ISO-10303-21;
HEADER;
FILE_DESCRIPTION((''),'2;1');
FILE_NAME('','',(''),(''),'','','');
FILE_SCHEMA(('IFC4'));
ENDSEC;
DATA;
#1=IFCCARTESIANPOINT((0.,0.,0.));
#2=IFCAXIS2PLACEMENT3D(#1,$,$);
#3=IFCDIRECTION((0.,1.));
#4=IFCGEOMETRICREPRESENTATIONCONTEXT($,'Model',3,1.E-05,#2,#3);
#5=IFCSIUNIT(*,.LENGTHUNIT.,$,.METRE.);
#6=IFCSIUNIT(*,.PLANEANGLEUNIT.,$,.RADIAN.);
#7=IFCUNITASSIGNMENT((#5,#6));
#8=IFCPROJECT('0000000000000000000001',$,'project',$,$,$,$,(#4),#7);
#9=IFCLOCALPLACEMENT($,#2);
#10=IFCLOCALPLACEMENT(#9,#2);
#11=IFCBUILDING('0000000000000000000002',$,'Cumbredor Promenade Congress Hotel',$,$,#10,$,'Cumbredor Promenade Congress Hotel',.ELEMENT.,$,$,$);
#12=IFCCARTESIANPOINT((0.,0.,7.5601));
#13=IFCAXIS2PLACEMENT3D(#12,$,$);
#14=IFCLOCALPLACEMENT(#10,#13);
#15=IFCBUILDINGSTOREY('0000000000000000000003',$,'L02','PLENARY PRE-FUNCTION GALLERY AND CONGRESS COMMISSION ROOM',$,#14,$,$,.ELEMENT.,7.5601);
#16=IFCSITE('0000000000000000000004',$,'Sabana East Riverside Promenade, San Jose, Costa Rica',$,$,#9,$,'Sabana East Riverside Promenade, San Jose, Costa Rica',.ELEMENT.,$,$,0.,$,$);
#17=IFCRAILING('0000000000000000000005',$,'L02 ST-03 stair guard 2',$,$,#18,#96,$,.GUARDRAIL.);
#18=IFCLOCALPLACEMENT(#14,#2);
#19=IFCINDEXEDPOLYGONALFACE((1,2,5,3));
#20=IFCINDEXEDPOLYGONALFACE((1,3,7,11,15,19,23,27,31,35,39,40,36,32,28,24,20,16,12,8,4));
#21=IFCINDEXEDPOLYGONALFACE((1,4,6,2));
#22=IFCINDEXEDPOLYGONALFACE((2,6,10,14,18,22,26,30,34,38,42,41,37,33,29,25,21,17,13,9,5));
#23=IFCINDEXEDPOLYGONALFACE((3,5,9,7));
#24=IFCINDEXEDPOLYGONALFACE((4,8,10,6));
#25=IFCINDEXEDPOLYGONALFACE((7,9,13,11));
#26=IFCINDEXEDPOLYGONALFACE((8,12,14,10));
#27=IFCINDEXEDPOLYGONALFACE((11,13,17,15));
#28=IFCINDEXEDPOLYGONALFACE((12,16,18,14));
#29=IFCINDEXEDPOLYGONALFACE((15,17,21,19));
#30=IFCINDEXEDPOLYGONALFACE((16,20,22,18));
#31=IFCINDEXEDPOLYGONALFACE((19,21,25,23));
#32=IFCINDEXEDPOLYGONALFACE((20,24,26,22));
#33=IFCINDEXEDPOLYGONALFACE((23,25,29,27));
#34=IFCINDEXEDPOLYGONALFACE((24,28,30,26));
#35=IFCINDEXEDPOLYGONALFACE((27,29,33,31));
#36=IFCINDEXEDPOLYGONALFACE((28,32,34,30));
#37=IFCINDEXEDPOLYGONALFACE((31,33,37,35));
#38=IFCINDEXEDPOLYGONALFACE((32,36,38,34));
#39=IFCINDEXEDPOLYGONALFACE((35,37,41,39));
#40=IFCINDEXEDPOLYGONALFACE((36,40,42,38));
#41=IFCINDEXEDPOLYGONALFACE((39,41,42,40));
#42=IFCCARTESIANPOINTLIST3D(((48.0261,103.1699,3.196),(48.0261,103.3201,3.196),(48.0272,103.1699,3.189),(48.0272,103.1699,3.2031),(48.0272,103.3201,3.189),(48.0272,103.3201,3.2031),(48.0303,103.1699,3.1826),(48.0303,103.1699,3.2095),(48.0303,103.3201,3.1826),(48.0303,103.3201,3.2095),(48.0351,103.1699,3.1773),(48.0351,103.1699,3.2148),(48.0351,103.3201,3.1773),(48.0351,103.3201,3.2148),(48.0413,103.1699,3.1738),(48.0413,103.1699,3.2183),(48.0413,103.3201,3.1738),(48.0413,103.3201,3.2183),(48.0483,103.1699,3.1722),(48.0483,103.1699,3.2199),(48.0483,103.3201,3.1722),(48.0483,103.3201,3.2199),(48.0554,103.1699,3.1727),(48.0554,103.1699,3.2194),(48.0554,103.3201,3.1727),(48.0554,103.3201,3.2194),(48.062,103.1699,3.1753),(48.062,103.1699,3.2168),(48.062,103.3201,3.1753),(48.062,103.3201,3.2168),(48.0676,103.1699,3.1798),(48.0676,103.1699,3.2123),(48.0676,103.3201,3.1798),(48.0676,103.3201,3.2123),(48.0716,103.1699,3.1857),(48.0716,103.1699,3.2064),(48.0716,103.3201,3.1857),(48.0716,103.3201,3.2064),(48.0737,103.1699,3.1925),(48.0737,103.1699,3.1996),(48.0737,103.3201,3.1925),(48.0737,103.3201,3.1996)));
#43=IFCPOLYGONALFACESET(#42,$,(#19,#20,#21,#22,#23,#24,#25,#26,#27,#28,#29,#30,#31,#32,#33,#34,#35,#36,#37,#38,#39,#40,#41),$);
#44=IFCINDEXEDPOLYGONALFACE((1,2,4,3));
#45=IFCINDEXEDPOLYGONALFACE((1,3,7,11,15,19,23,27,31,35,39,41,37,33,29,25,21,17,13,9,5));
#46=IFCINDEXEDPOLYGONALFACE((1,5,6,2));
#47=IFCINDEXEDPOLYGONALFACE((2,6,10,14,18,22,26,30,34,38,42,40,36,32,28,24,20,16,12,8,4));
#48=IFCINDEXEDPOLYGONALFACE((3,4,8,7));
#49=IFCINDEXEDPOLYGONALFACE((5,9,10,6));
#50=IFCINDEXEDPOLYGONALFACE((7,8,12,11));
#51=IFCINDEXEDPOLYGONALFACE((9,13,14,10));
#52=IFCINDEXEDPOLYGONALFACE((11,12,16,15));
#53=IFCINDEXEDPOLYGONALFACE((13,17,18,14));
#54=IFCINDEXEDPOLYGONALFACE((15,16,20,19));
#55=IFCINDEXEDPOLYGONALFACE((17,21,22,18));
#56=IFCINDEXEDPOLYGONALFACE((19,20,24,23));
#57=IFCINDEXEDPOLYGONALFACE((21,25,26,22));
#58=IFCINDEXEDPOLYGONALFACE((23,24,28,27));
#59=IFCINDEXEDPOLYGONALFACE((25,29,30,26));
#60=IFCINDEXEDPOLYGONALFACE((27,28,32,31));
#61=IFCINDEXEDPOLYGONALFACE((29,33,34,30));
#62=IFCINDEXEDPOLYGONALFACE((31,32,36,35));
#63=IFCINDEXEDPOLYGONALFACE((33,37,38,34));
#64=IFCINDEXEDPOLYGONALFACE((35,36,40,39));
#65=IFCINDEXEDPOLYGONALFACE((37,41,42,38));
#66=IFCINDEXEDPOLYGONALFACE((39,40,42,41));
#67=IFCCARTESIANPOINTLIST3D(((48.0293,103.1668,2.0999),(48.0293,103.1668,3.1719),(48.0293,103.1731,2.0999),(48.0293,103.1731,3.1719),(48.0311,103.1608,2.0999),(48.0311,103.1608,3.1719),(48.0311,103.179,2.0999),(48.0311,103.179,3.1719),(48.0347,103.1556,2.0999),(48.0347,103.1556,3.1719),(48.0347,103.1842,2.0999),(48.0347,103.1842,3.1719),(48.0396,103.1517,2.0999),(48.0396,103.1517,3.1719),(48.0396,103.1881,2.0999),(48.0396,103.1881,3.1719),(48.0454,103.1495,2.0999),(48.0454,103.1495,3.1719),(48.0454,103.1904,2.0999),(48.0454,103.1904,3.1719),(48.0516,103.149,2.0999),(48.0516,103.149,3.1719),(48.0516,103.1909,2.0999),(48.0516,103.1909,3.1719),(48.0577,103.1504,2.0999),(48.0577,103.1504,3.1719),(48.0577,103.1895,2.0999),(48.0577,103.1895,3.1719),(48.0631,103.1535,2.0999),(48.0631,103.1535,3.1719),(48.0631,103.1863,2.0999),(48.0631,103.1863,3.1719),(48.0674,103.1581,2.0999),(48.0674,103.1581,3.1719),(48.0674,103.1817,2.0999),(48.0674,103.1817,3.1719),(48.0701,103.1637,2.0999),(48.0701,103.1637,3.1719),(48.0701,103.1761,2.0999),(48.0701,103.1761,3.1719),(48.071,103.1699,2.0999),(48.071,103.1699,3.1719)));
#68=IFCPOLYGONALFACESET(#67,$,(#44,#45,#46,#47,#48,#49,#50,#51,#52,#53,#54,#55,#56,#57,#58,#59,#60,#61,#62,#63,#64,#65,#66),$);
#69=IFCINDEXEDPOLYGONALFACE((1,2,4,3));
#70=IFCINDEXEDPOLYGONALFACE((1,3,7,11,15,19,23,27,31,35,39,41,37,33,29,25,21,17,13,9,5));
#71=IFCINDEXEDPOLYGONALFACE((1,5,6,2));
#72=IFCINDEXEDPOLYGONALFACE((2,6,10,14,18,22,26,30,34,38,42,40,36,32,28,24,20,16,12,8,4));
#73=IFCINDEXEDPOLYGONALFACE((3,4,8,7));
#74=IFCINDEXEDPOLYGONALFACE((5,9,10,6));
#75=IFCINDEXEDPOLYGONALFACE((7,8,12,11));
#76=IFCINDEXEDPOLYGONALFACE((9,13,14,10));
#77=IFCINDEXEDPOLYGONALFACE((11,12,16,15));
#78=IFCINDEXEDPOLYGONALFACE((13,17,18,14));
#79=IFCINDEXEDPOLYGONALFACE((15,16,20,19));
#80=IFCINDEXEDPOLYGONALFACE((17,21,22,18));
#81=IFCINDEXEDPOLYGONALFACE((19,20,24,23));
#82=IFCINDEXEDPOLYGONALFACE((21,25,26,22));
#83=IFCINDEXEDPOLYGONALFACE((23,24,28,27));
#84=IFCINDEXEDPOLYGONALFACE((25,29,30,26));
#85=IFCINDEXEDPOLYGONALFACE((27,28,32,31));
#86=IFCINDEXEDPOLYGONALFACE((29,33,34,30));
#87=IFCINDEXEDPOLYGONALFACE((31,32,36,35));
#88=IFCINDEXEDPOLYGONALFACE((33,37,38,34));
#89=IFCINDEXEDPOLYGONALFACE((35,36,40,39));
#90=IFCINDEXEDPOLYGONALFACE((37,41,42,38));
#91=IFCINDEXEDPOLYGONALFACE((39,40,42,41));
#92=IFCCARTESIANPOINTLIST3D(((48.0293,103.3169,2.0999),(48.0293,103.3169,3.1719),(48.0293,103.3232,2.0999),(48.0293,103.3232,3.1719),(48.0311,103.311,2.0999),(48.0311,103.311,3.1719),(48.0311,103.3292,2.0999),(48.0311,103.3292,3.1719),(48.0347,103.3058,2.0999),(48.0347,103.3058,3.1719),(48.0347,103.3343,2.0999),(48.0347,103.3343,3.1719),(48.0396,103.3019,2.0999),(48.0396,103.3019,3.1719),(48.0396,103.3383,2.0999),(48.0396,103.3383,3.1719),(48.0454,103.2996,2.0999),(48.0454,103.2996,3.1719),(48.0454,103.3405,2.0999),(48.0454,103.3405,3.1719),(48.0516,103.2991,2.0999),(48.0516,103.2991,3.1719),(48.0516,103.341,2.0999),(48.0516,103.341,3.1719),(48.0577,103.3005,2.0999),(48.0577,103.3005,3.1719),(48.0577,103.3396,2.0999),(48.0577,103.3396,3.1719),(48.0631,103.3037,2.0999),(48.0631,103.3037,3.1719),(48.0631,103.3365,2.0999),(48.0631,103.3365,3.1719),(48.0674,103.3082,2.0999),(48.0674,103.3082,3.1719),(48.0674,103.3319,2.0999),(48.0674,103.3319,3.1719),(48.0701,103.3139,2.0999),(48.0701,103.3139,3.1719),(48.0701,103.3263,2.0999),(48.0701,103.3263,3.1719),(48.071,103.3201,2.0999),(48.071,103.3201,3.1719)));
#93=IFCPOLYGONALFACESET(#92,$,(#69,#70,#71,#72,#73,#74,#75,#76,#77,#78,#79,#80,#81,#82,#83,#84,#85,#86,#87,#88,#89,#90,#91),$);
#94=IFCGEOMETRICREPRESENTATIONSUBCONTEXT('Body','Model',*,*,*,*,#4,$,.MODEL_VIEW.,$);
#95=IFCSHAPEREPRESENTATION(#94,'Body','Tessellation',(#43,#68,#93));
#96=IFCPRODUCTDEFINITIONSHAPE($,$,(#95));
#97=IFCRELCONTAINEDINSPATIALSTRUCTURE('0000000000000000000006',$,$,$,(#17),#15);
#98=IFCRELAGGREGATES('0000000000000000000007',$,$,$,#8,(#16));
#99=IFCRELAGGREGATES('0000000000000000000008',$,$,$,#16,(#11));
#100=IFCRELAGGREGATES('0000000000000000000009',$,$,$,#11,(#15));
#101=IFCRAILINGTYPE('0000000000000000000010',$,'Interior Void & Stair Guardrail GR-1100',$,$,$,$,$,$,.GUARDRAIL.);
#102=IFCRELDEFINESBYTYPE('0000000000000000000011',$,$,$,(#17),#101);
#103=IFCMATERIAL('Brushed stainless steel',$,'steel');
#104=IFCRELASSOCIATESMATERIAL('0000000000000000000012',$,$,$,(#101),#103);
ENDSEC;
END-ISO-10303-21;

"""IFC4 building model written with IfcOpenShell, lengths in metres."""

from ifc_helpers import new_model, si_unit, direction, frame, origin, origin_2d, place, context, subcontext, project, spatial, circle, extrude, material, type_object, element, save


model = new_model("IFC4")

# Units and contexts
model_context = context("Model", 3, precision=1e-05, world=origin(), true_north=direction((0.0, 1.0)))
body_context = subcontext(model_context, "Body", "Model", "MODEL_VIEW")
ifc_project = project(units=[si_unit("LENGTHUNIT", "METRE"), si_unit("PLANEANGLEUNIT", "RADIAN")], contexts=[model_context])

# Site, building, storey
site_placement = place(None, origin())
site = spatial("IfcSite", under=ifc_project, at=site_placement, Name="Sabana East Riverside Promenade, San Jose, Costa Rica", LongName="Sabana East Riverside Promenade, San Jose, Costa Rica", CompositionType="ELEMENT", RefElevation=0.0)
building_placement = place(site_placement, origin())
building = spatial("IfcBuilding", under=site, at=building_placement, Name="Cumbredor Promenade Congress Hotel", LongName="Cumbredor Promenade Congress Hotel", CompositionType="ELEMENT")
storey_placement = place(building_placement, frame((0.0, 0.0, 7.5601)))
storey = spatial("IfcBuildingStorey", under=building, at=storey_placement, Name="L02", Description="PLENARY PRE-FUNCTION GALLERY AND CONGRESS COMMISSION ROOM", CompositionType="ELEMENT", Elevation=7.5601)

# Railing
ifc_material_1 = material(Name="Brushed stainless steel", Category="steel")
railing_type_1 = type_object("IfcRailingType", Name="Interior Void & Stair Guardrail GR-1100", PredefinedType="GUARDRAIL", material=ifc_material_1)
railing_1_placement = place(storey_placement, frame((48.05, 103.1699, 2.0999)))
element("IfcRailing", 1, at=railing_1_placement, inside=storey, type_object=railing_type_1, Name="L02 ST-03 stair guard 2", PredefinedType="GUARDRAIL", context=body_context, shape_type="SweptSolid", body=[
    extrude(circle(Radius=0.0239, at=origin_2d()), frame((0.0, 0.0, 1.0962), z_axis=(0.0, 1.0, 0.0), x_axis=(-1.0, 0.0, 0.0)), (0.0, 0.0, 1.0), 0.1501),
    extrude(circle(Radius=0.021, at=origin_2d()), origin(), (0.0, 0.0, 1.0), 1.072),
    extrude(circle(Radius=0.021, at=origin_2d()), frame((0.0, 0.1501, 0.0)), (0.0, 0.0, 1.0), 1.072),
])

save(model, "model.ifc")
